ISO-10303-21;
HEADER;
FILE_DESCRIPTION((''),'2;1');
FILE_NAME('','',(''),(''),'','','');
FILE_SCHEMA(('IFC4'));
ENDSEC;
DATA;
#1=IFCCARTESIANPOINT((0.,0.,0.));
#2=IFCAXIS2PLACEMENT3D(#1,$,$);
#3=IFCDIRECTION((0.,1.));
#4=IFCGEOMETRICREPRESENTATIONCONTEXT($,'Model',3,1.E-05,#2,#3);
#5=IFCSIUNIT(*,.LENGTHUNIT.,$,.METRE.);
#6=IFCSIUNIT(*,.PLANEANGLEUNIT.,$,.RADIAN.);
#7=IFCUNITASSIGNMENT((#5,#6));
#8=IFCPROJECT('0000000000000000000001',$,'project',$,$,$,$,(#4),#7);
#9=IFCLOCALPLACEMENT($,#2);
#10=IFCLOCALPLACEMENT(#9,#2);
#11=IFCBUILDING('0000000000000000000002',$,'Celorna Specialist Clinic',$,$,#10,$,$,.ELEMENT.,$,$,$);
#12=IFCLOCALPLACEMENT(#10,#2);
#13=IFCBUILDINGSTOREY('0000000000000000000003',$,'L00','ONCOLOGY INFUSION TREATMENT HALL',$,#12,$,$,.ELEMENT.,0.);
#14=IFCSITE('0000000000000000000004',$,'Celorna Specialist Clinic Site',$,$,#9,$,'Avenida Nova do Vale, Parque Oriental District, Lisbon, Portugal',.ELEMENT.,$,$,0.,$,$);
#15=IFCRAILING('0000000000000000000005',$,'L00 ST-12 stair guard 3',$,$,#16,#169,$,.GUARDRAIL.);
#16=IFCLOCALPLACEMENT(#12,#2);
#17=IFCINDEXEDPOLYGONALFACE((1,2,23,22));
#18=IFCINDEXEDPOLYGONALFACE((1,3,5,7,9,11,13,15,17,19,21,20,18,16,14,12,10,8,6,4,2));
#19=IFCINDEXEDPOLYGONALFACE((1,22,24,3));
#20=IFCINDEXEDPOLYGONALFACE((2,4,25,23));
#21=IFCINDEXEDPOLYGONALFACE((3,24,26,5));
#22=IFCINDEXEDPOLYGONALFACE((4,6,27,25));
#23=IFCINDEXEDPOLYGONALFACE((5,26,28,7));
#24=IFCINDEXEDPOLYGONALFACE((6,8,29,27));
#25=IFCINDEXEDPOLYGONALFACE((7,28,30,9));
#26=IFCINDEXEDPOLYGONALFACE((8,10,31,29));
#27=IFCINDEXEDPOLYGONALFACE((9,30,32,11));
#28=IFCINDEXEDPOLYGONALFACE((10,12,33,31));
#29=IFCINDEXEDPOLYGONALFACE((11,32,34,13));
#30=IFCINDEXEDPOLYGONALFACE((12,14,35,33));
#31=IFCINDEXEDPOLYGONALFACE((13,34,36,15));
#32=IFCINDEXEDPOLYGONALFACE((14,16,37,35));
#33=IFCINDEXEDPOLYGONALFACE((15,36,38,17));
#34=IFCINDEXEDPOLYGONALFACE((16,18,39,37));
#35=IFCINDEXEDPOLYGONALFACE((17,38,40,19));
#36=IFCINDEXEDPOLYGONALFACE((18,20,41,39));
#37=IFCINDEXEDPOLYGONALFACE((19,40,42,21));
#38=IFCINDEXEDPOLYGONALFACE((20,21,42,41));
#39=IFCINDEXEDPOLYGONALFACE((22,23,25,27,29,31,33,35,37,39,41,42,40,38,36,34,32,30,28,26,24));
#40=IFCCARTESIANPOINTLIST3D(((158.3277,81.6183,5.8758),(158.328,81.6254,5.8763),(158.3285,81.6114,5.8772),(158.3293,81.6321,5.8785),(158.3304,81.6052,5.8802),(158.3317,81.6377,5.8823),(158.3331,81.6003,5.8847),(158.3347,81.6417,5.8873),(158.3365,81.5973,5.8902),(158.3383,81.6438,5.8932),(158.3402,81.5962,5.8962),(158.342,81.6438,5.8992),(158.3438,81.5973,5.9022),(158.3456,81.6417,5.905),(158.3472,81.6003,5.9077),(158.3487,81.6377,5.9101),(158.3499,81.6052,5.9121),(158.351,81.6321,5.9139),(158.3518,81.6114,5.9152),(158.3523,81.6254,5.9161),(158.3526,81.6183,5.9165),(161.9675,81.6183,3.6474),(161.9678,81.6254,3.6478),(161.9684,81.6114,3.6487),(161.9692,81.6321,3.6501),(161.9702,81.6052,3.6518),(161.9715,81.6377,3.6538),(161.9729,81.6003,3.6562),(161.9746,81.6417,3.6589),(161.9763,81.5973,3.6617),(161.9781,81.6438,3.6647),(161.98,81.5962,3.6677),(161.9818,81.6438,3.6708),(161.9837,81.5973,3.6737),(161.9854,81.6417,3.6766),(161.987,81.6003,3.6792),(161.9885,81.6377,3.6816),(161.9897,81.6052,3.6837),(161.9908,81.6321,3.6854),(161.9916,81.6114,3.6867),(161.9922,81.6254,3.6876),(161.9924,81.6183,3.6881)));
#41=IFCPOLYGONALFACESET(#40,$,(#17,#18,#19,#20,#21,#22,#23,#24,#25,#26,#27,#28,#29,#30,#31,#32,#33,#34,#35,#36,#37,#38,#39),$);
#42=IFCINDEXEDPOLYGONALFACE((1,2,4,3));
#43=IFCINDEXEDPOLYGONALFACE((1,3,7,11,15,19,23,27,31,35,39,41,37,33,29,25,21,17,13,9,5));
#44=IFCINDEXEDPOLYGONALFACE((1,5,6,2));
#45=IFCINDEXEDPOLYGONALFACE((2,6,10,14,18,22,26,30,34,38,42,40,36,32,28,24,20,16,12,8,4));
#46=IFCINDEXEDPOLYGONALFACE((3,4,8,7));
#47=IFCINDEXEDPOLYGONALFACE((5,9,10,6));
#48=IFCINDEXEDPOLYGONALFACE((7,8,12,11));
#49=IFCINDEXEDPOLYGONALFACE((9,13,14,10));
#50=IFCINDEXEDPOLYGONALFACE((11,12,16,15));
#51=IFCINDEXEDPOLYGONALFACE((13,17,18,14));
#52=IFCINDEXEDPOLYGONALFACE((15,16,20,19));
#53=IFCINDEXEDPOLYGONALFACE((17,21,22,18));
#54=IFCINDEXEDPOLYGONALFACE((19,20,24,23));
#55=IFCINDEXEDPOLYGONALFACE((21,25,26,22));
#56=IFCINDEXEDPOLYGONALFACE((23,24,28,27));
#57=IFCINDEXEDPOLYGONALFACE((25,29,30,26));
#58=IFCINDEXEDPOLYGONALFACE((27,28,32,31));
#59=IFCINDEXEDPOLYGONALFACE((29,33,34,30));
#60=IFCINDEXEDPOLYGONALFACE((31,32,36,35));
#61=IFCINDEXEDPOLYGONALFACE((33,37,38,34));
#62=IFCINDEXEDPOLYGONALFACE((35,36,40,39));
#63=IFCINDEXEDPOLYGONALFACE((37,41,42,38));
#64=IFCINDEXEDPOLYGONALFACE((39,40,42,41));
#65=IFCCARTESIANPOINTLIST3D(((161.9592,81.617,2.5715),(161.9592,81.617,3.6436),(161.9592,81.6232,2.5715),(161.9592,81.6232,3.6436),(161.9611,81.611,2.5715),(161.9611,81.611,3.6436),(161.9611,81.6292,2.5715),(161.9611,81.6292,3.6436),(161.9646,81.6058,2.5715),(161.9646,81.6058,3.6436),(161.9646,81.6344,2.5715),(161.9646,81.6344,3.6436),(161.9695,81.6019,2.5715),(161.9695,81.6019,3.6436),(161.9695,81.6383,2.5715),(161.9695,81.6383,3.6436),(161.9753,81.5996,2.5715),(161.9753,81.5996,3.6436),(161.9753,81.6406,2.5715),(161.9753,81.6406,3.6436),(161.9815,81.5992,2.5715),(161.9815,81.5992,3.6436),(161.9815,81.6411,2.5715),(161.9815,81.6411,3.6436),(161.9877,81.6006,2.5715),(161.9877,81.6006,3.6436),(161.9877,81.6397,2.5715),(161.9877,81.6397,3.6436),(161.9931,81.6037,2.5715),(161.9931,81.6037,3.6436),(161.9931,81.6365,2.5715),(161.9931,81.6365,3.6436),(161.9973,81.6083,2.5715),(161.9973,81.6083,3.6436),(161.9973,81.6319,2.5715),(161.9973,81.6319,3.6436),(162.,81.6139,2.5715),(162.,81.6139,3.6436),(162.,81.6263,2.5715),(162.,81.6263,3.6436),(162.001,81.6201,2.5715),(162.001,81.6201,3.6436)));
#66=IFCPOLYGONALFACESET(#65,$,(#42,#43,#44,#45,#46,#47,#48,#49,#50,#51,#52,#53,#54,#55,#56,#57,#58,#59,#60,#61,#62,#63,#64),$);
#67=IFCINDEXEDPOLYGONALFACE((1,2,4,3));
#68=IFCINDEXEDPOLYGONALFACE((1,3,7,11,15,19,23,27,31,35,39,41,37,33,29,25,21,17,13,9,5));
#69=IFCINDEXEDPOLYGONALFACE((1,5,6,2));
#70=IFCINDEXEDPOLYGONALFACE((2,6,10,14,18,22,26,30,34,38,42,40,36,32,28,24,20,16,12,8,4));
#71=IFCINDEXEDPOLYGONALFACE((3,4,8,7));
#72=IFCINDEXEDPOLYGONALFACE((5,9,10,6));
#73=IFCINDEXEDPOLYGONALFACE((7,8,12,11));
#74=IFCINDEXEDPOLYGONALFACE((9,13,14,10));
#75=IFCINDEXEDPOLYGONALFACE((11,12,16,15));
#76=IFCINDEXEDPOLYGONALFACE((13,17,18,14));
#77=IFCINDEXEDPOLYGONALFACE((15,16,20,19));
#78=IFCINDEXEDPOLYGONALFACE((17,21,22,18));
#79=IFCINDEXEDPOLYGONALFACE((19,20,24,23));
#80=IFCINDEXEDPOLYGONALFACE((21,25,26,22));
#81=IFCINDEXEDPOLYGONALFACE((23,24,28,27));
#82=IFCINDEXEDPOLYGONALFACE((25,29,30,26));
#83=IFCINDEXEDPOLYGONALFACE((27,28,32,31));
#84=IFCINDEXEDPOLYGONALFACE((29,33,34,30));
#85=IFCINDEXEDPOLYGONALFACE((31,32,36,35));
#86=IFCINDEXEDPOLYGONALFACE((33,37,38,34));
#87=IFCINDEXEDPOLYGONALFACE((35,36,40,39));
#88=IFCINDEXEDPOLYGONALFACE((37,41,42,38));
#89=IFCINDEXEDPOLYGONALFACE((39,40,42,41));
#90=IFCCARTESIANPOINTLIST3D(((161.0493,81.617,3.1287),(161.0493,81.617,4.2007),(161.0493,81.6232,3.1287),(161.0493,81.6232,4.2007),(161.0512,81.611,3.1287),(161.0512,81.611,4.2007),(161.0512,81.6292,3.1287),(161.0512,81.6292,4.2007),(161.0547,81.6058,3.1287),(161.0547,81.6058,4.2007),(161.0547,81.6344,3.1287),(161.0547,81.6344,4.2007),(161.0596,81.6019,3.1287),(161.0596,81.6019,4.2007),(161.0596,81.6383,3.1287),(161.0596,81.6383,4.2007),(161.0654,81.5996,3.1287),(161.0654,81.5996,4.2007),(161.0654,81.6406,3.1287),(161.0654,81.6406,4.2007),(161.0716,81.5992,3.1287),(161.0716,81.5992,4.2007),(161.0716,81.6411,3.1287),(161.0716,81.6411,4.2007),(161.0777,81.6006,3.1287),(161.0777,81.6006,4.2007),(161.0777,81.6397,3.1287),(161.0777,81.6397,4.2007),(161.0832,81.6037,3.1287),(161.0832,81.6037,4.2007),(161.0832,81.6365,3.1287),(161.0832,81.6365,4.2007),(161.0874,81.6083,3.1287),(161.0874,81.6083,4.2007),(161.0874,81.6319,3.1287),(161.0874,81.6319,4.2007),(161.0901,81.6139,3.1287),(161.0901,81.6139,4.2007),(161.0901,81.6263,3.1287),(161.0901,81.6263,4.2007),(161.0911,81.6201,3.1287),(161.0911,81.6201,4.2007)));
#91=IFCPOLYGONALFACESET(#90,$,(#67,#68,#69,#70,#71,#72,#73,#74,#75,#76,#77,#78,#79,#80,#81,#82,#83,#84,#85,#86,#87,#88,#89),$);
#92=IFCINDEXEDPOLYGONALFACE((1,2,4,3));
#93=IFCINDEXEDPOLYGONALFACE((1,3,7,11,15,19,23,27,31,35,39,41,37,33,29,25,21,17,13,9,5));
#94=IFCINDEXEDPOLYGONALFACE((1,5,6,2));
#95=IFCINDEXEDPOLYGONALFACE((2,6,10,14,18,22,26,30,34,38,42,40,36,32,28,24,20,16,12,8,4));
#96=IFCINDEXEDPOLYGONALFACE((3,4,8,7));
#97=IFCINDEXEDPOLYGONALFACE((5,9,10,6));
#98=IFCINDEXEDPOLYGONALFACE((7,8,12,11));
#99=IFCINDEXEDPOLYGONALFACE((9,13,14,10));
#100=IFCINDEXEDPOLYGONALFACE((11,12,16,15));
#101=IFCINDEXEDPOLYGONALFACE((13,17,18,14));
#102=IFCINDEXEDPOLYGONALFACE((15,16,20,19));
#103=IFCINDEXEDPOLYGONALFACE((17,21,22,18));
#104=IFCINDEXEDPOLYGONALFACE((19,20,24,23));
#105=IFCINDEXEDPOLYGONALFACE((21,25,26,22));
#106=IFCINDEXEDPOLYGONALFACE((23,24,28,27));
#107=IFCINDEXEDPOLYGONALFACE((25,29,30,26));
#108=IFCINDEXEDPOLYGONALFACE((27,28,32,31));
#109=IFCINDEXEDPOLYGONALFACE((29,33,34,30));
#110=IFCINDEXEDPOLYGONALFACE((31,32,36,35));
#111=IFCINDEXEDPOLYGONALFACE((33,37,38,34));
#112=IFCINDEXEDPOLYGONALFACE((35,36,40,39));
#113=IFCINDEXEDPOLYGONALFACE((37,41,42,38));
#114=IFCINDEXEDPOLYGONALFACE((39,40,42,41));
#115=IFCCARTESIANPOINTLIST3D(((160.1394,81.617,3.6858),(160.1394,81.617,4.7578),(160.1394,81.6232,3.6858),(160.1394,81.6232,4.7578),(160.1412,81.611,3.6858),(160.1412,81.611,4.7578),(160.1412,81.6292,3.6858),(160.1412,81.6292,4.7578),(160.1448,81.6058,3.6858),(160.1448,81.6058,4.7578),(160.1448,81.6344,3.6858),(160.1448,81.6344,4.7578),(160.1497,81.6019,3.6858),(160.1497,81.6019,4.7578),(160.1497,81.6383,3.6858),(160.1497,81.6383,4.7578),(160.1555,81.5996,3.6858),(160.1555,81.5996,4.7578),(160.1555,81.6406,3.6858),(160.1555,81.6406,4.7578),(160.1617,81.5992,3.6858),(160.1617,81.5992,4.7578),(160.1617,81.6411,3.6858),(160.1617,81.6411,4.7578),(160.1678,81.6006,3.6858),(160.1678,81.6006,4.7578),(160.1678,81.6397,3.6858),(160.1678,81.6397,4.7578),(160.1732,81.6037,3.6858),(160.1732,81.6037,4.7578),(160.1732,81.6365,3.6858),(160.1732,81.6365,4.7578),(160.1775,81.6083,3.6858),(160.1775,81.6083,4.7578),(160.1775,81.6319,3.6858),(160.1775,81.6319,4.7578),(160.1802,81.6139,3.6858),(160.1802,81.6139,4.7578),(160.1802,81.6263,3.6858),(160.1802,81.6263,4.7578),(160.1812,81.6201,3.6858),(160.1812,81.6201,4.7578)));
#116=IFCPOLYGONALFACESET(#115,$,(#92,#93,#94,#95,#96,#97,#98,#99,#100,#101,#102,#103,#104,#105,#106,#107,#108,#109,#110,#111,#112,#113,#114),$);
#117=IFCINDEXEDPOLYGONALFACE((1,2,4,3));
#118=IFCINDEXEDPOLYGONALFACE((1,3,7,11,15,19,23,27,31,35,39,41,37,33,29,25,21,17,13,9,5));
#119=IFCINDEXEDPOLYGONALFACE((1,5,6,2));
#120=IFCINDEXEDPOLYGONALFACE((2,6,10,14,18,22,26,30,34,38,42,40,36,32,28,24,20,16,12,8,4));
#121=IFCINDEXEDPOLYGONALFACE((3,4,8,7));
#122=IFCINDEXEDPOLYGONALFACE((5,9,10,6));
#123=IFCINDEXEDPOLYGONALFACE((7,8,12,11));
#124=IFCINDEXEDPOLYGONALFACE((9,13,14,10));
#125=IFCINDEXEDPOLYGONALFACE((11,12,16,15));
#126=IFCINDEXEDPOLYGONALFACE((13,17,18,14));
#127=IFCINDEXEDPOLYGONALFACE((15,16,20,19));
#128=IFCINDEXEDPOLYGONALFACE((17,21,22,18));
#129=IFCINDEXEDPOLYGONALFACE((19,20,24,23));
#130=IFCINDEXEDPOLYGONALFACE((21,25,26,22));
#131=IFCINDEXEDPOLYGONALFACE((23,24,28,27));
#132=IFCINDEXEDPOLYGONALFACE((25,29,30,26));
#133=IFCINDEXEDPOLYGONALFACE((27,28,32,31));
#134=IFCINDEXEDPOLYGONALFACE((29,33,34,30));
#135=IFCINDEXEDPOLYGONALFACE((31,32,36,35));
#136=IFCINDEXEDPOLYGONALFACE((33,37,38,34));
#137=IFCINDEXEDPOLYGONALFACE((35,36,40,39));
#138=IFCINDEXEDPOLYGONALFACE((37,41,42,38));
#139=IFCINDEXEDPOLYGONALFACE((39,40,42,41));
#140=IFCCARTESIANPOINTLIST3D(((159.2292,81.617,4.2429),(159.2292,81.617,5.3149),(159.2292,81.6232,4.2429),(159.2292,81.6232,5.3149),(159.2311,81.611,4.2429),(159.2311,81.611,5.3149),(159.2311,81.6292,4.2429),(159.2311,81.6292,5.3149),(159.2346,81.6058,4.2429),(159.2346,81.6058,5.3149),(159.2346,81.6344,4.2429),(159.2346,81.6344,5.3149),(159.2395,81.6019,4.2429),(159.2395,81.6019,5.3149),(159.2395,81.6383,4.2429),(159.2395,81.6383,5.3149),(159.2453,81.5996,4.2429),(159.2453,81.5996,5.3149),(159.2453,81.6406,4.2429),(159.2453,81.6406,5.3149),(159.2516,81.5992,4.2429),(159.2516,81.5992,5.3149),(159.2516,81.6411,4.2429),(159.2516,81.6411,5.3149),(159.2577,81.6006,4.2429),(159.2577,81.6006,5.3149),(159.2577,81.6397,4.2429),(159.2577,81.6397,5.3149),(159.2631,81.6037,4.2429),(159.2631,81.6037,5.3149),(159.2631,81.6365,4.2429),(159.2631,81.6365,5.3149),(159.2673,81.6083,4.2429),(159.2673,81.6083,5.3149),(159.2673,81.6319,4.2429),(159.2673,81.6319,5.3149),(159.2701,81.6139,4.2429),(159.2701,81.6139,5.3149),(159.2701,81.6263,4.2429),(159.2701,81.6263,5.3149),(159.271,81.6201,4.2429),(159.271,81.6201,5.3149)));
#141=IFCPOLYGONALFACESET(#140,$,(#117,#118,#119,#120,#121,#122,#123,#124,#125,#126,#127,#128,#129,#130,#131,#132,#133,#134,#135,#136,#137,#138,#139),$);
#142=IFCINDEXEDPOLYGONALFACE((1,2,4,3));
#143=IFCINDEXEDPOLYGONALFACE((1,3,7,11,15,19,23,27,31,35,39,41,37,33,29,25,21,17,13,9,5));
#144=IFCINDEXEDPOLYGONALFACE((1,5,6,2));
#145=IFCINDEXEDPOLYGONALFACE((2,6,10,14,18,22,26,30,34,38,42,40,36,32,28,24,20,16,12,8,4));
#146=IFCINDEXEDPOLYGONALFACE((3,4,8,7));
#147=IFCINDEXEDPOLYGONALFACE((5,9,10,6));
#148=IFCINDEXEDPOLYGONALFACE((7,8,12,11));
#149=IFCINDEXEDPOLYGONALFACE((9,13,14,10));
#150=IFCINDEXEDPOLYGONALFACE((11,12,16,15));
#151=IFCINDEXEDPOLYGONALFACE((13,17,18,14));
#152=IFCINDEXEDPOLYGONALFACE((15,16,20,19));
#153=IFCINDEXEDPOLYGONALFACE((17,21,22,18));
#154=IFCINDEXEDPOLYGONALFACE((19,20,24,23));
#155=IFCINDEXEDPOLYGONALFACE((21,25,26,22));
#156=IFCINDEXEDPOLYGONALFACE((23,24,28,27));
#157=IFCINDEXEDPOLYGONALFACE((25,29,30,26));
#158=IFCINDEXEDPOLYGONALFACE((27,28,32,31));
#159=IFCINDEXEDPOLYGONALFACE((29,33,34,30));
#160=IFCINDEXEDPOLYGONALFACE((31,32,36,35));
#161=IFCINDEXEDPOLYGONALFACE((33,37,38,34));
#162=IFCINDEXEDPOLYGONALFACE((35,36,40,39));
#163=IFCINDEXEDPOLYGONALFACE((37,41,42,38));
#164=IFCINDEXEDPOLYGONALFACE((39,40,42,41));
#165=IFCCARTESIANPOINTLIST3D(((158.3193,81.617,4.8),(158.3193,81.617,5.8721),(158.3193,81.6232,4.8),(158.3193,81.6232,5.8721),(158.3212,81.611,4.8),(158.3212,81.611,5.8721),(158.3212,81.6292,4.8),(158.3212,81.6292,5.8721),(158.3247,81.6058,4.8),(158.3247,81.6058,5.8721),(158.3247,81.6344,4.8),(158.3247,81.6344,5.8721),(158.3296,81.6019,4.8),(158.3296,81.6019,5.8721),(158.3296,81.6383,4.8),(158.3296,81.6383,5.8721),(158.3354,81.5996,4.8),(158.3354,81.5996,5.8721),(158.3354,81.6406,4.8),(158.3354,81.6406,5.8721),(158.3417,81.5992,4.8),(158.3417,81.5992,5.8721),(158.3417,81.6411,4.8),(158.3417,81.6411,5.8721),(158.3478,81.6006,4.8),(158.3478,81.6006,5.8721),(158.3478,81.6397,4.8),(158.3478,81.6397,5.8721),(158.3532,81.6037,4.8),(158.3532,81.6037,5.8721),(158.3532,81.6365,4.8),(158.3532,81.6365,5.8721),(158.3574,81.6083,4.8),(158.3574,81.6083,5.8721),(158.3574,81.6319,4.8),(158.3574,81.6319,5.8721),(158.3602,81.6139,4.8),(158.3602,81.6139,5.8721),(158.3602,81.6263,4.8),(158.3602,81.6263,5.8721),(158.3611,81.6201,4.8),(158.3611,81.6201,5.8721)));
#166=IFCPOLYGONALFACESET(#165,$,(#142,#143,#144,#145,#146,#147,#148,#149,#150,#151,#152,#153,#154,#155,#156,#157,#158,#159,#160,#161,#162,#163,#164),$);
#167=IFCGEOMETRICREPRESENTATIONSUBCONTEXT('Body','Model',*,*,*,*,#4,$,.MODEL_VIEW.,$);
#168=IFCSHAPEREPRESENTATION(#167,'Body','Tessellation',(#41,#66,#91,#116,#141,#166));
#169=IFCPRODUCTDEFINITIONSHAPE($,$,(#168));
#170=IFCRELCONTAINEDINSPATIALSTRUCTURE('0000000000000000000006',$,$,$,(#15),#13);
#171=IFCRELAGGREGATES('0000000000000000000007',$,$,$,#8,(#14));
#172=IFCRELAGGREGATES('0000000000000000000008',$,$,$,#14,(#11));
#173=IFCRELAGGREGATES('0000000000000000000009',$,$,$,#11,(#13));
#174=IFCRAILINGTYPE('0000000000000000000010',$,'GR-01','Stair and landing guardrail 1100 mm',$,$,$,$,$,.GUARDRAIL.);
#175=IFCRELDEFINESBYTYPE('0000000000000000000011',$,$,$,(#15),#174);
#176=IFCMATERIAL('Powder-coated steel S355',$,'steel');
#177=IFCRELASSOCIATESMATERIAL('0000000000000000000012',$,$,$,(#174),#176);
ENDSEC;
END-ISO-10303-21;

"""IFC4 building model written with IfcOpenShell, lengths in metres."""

from ifc_helpers import new_model, si_unit, direction, frame, origin, origin_2d, place, context, subcontext, project, spatial, circle, extrude, material, type_object, element, save


model = new_model("IFC4")

# Units and contexts
model_context = context("Model", 3, precision=1e-05, world=origin(), true_north=direction((0.0, 1.0)))
body_context = subcontext(model_context, "Body", "Model", "MODEL_VIEW")
ifc_project = project(units=[si_unit("LENGTHUNIT", "METRE"), si_unit("PLANEANGLEUNIT", "RADIAN")], contexts=[model_context])

# Site, building, storey
site_placement = place(None, origin())
site = spatial("IfcSite", under=ifc_project, at=site_placement, Name="Celorna Specialist Clinic Site", LongName="Avenida Nova do Vale, Parque Oriental District, Lisbon, Portugal", CompositionType="ELEMENT", RefElevation=0.0)
building_placement = place(site_placement, origin())
building = spatial("IfcBuilding", under=site, at=building_placement, Name="Celorna Specialist Clinic", CompositionType="ELEMENT")
storey_placement = place(building_placement, origin())
storey = spatial("IfcBuildingStorey", under=building, at=storey_placement, Name="L00", Description="ONCOLOGY INFUSION TREATMENT HALL", CompositionType="ELEMENT", Elevation=0.0)

# Railing
ifc_material_1 = material(Name="Powder-coated steel S355", Category="steel")
railing_type_1 = type_object("IfcRailingType", Name="GR-01", Description="Stair and landing guardrail 1100 mm", PredefinedType="GUARDRAIL", material=ifc_material_1)
railing_1_placement = place(storey_placement, frame((161.98, 81.6201, 2.5715)))
element("IfcRailing", 1, at=railing_1_placement, inside=storey, type_object=railing_type_1, Name="L00 ST-12 stair guard 3", PredefinedType="GUARDRAIL", context=body_context, shape_type="SweptSolid", body=[
    extrude(circle(Radius=0.0239, at=origin_2d()), frame((0.0, 0.0, 1.0962), z_axis=(-0.85285, 0.0, 0.522156), x_axis=(0.0, -1.0, 0.0)), (0.0, 0.0, 1.0), 4.2678),
    extrude(circle(Radius=0.021, at=origin_2d()), origin(), (0.0, 0.0, 1.0), 1.072),
    extrude(circle(Radius=0.021, at=origin_2d()), frame((-0.9099, 0.0, 0.5571)), (0.0, 0.0, 1.0), 1.072),
    extrude(circle(Radius=0.021, at=origin_2d()), frame((-1.8198, 0.0, 1.1143)), (0.0, 0.0, 1.0), 1.072),
    extrude(circle(Radius=0.021, at=origin_2d()), frame((-2.73, 0.0, 1.6714)), (0.0, 0.0, 1.0), 1.072),
    extrude(circle(Radius=0.021, at=origin_2d()), frame((-3.6399, 0.0, 2.2285)), (0.0, 0.0, 1.0), 1.072),
])

save(model, "model.ifc")
